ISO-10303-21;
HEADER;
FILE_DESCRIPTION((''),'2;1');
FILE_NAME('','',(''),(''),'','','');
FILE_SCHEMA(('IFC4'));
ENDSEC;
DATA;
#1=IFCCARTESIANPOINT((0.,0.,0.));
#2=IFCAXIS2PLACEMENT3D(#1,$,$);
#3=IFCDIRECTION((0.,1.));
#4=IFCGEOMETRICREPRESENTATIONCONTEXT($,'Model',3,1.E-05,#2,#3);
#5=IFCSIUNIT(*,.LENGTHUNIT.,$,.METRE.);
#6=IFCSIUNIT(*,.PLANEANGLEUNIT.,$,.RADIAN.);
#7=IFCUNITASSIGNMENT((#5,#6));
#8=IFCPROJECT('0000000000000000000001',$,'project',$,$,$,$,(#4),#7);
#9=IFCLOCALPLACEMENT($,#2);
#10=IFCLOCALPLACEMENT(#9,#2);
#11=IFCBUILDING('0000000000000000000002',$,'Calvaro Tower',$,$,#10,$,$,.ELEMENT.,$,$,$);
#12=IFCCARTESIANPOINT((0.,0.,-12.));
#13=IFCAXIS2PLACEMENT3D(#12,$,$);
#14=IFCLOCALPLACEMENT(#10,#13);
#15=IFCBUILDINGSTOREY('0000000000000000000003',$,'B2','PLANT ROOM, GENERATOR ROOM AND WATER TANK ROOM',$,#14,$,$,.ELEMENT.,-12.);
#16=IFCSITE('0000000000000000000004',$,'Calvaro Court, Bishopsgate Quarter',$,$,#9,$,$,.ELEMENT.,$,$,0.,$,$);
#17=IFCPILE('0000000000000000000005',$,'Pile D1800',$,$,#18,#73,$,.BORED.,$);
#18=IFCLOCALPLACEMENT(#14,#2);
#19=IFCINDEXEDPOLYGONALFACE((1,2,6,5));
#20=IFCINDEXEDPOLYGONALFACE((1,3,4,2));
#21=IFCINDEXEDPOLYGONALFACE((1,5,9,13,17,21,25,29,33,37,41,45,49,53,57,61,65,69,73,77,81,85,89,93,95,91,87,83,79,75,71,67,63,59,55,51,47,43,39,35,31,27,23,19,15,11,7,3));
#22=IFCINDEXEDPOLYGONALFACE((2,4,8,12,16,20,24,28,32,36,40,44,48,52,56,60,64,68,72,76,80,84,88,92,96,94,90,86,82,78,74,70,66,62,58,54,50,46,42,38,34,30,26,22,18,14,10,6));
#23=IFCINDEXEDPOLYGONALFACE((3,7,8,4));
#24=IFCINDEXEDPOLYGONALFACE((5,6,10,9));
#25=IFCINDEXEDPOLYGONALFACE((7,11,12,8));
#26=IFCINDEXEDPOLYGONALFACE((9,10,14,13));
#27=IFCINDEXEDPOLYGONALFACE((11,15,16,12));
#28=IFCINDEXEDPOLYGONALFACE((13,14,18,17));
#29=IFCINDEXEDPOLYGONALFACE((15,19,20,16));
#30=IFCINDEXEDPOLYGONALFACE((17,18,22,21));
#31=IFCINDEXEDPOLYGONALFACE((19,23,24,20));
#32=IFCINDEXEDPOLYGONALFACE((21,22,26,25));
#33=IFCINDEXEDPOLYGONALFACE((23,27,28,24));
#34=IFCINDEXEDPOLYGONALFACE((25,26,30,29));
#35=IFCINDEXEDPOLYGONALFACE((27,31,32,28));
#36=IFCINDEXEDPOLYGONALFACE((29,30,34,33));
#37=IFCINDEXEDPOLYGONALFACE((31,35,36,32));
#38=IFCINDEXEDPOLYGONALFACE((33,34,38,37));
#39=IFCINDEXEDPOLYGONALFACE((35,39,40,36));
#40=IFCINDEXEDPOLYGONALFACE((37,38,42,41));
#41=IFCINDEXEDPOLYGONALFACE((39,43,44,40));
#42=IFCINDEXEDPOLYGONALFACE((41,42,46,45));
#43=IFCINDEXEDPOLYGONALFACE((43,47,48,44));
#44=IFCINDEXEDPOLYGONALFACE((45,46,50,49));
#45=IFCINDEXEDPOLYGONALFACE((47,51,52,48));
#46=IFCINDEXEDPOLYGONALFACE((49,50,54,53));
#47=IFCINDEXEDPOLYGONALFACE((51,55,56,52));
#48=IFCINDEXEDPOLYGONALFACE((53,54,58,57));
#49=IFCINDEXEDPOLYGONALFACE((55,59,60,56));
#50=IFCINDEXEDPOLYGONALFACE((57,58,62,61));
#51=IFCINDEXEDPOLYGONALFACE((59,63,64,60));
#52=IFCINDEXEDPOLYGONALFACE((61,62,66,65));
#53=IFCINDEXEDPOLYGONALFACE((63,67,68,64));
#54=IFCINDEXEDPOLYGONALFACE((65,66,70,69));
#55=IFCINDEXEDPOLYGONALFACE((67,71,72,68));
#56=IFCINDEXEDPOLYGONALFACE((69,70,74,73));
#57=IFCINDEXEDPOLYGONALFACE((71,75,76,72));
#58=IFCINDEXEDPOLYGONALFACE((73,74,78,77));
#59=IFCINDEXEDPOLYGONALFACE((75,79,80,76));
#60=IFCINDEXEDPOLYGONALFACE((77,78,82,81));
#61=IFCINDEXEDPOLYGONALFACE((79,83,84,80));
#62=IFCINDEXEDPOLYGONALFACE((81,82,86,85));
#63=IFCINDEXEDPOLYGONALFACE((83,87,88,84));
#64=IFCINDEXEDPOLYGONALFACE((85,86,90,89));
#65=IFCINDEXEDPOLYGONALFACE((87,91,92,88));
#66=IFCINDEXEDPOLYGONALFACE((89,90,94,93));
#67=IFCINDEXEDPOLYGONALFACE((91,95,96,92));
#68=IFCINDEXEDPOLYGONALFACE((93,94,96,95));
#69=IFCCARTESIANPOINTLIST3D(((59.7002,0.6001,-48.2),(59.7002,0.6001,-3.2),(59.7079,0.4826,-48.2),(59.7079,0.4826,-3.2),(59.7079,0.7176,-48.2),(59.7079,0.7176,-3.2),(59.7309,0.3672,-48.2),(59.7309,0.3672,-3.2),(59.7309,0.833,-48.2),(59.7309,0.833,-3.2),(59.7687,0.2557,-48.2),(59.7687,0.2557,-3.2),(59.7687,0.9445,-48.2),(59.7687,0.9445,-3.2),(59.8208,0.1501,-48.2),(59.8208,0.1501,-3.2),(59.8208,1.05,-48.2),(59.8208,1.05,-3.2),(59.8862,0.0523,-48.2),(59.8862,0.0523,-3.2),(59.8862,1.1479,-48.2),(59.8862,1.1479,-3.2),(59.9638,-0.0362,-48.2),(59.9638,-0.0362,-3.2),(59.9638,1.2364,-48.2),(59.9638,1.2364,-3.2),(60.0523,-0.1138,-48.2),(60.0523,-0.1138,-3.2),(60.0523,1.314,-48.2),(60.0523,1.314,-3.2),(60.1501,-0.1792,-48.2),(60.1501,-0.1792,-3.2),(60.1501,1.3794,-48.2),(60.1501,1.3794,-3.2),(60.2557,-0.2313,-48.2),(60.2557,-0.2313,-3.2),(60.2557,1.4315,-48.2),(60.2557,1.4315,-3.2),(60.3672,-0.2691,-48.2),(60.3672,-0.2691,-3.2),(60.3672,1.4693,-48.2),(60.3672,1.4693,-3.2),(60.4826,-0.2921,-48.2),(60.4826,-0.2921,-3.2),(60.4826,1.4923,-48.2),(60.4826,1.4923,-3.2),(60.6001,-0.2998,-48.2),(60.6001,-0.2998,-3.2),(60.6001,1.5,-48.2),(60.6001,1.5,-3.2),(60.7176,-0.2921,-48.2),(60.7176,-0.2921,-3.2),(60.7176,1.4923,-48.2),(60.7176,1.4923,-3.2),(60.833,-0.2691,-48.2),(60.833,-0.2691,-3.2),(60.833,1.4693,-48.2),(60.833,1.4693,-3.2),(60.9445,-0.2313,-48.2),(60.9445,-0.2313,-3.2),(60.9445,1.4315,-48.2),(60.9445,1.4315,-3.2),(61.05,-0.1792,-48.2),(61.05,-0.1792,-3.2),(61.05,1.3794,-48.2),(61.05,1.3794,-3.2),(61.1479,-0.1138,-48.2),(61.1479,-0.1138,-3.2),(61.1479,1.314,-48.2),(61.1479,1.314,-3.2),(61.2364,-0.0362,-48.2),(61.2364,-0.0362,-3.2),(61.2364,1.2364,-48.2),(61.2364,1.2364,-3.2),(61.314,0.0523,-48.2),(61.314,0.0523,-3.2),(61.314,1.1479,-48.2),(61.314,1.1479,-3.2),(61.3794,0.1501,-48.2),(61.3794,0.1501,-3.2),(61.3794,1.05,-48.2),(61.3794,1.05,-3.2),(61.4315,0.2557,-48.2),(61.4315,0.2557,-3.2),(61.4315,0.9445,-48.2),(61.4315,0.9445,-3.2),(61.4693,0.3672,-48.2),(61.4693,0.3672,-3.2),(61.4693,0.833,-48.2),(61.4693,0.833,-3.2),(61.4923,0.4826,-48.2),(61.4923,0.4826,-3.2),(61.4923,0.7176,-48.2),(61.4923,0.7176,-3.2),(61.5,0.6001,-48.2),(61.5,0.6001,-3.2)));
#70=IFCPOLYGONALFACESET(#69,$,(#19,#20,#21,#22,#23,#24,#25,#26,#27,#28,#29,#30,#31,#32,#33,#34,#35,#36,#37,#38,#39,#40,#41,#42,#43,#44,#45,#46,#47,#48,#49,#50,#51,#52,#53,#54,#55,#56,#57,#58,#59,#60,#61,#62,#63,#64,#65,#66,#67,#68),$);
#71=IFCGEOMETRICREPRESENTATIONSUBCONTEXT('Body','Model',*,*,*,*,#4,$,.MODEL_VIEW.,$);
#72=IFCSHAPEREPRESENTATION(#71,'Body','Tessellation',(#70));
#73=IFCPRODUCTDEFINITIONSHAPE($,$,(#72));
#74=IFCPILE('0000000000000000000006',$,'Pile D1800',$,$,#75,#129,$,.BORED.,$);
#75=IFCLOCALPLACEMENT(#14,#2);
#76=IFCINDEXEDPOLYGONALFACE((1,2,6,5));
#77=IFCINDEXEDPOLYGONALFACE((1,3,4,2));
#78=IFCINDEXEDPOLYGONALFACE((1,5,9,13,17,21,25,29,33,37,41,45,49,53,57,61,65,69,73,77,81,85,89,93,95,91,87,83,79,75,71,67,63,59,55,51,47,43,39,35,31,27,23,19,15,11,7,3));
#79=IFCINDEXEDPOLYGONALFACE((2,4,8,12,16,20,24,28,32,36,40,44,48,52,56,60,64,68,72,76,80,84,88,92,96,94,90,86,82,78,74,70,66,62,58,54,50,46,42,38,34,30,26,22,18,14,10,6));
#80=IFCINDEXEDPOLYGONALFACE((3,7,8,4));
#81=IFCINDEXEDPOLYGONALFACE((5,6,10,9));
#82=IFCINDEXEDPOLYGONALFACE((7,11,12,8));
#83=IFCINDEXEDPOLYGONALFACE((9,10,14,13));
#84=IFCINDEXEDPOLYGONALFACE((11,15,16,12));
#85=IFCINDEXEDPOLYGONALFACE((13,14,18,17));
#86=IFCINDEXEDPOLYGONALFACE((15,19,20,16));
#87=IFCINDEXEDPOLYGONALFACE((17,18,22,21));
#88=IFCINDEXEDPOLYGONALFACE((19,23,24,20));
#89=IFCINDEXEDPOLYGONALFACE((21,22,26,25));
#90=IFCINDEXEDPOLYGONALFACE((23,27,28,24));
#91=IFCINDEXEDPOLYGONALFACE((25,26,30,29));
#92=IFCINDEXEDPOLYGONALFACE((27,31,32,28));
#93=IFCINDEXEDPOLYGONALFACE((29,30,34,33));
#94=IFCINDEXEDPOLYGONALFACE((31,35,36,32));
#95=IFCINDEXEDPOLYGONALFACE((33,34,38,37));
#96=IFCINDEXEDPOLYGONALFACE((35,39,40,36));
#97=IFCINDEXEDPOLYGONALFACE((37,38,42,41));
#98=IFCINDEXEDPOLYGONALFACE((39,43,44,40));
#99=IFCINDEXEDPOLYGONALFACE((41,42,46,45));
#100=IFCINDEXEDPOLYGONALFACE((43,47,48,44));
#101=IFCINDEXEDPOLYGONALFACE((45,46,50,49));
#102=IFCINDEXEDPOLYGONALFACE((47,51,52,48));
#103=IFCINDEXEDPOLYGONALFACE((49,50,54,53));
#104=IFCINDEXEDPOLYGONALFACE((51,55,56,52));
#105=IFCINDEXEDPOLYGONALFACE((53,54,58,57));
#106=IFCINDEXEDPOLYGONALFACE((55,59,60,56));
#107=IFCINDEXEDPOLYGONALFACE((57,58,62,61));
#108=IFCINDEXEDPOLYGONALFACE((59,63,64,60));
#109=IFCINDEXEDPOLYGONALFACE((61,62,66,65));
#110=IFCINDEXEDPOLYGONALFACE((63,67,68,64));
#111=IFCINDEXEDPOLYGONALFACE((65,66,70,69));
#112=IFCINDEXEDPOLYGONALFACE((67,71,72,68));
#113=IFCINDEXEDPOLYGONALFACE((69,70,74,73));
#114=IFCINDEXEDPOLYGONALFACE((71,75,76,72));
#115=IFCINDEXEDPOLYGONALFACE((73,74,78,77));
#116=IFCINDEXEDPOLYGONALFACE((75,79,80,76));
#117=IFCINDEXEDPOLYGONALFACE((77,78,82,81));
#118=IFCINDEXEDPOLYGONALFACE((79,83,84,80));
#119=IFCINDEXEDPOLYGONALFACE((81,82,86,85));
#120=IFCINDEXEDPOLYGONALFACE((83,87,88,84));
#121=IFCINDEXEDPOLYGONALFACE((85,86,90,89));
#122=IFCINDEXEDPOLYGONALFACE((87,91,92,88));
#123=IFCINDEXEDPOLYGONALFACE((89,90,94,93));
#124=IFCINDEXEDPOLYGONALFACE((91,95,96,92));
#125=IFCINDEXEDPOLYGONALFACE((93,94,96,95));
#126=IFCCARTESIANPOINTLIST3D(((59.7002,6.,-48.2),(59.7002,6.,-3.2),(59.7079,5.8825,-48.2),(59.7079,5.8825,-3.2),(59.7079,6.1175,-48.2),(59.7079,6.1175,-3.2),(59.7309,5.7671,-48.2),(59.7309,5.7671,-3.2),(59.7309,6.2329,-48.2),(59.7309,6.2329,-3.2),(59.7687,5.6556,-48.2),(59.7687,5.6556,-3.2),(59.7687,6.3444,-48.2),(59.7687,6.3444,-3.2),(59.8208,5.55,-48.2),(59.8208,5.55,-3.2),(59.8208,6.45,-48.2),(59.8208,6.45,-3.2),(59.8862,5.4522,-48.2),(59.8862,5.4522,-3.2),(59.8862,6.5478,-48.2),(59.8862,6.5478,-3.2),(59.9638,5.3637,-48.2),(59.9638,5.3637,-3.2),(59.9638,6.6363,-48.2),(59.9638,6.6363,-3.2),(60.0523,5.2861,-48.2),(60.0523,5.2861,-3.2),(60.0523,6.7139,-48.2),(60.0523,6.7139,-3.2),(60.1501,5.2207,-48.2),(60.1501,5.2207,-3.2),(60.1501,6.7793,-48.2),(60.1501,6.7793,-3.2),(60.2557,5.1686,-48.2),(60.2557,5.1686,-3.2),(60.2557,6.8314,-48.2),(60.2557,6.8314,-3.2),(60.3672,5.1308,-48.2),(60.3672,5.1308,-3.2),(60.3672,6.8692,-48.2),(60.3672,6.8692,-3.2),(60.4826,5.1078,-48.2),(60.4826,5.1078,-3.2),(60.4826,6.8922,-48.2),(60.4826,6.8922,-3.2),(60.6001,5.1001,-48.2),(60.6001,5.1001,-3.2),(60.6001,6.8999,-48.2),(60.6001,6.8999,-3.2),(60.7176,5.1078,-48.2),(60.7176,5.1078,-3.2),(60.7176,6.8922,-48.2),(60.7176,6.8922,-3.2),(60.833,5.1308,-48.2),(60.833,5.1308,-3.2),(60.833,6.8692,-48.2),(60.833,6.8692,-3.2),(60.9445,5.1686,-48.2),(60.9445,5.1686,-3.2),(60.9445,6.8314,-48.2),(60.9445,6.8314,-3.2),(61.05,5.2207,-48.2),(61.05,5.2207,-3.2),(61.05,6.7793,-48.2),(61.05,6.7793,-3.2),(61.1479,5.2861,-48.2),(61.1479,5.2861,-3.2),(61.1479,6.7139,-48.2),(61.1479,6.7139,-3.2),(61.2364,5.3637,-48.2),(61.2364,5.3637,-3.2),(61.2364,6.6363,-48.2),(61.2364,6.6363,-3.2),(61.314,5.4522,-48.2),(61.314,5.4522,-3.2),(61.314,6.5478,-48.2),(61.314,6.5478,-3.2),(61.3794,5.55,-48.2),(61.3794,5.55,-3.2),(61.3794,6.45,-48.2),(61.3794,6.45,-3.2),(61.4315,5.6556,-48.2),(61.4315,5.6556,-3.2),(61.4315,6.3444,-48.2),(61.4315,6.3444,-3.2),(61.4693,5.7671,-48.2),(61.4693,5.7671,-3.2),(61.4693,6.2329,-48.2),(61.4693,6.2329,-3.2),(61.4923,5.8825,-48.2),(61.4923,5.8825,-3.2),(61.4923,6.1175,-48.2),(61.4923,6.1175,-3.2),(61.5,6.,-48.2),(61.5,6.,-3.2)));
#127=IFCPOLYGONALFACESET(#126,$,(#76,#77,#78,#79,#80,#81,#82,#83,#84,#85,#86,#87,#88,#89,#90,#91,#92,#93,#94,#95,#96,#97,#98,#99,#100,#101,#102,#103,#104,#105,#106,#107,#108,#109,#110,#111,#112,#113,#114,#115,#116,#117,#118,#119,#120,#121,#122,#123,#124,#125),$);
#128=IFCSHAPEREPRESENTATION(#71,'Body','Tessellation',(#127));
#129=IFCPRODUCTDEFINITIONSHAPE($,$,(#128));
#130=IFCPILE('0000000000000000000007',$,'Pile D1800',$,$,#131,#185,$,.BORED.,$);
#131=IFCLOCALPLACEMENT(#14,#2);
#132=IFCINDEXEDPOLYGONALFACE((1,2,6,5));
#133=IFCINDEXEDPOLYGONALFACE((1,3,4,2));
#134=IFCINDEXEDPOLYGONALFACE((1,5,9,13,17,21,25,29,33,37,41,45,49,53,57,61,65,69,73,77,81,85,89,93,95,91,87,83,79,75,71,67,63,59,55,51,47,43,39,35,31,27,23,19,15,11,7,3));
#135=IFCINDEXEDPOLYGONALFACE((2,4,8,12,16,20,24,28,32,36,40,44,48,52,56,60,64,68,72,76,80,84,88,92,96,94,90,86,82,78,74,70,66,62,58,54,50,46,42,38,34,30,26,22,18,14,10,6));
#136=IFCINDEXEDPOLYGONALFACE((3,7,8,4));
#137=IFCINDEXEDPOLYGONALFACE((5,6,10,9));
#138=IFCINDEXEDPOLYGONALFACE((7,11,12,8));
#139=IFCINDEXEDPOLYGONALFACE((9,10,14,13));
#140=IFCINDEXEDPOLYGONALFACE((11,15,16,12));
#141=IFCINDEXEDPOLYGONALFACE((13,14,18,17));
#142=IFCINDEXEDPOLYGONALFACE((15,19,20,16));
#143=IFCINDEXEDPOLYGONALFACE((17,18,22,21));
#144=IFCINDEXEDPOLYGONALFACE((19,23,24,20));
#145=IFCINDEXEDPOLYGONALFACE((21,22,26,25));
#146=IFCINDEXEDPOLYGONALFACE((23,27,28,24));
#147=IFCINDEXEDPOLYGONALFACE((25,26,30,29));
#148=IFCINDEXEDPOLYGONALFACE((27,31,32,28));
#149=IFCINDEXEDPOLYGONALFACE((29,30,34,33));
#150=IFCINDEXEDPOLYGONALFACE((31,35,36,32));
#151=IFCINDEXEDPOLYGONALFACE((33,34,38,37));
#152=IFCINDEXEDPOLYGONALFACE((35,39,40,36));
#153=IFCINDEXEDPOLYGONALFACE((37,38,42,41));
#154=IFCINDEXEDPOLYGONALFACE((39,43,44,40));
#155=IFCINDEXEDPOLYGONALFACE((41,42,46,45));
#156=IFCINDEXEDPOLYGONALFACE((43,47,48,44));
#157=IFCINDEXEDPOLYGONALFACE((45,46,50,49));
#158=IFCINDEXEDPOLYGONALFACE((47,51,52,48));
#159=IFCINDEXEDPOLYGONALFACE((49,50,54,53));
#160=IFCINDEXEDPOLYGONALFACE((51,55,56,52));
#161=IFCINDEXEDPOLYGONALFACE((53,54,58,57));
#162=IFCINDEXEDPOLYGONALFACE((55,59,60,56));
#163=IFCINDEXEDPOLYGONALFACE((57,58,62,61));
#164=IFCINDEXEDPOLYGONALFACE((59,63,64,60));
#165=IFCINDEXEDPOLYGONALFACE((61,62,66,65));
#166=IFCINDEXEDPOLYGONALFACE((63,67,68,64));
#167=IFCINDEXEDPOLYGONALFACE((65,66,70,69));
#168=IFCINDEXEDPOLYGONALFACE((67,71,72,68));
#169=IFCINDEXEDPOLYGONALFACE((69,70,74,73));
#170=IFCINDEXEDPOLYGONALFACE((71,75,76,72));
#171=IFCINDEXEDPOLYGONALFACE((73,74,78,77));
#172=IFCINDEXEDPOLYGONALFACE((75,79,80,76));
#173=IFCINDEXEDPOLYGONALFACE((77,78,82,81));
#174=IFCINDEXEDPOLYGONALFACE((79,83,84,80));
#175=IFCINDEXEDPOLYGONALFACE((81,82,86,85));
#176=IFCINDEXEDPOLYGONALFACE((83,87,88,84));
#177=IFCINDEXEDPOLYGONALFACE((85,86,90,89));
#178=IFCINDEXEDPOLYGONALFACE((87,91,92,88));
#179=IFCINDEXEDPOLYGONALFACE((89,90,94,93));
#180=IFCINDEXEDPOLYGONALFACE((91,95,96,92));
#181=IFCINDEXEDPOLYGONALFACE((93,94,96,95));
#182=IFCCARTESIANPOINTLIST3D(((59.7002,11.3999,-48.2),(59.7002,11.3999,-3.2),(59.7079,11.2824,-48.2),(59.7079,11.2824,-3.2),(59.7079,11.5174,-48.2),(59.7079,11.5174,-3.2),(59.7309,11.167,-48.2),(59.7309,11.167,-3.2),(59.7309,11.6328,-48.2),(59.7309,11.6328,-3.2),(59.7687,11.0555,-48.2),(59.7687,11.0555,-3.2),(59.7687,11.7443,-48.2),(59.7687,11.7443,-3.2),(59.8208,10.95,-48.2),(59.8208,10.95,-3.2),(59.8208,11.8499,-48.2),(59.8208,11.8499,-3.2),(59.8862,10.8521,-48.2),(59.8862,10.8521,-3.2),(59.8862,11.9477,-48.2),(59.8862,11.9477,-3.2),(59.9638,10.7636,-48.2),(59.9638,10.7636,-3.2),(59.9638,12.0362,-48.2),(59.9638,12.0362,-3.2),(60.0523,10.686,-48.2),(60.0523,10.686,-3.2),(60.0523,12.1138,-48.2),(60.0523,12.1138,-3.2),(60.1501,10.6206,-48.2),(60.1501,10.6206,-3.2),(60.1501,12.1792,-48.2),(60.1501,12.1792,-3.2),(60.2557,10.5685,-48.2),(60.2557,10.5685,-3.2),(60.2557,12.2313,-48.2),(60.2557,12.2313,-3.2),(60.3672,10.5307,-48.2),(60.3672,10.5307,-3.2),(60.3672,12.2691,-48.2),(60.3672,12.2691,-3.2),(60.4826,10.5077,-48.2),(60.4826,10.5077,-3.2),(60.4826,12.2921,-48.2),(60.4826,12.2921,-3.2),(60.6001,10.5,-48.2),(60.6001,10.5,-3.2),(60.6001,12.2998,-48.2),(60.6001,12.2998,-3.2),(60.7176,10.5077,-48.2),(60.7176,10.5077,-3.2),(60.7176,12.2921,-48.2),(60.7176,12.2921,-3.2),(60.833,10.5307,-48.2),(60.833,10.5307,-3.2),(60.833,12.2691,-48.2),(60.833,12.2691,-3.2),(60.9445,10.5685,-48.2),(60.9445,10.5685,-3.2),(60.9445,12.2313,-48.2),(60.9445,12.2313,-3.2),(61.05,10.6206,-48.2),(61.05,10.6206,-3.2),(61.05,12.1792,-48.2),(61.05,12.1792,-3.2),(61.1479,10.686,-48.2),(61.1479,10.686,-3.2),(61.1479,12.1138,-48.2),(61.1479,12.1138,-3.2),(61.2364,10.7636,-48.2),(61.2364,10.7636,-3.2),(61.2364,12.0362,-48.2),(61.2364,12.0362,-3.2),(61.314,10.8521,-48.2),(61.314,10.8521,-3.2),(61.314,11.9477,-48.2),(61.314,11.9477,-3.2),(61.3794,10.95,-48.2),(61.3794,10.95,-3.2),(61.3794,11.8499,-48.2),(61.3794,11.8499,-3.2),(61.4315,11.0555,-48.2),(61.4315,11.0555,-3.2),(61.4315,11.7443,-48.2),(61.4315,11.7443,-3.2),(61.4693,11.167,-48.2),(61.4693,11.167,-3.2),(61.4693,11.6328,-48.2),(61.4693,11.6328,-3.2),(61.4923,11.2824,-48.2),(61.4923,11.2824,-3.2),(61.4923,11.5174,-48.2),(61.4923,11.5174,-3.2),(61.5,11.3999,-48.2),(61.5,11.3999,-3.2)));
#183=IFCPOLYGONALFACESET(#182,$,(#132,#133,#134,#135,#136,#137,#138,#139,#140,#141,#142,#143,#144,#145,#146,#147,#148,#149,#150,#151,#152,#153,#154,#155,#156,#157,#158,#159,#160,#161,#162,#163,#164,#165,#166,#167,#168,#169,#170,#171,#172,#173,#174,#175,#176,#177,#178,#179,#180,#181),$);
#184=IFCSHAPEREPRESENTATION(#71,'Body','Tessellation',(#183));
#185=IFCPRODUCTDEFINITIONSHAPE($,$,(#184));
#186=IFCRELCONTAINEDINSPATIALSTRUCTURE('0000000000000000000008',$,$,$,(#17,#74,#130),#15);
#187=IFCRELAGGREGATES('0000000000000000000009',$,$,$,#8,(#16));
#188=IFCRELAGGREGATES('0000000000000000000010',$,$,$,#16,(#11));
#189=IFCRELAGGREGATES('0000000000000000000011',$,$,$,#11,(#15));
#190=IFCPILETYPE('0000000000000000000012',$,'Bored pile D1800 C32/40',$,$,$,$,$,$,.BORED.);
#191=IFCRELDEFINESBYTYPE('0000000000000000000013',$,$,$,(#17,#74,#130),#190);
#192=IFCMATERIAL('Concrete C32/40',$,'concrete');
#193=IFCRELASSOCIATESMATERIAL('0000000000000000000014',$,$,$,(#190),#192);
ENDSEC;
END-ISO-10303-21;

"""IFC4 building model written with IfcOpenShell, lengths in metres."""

from ifc_helpers import new_model, si_unit, direction, frame, origin, origin_2d, place, context, subcontext, project, spatial, circle, extrude, material, material_profile, profile_set, type_object, element, save


model = new_model("IFC4")

# Units and contexts
model_context = context("Model", 3, precision=1e-05, world=origin(), true_north=direction((0.0, 1.0)))
body_context = subcontext(model_context, "Body", "Model", "MODEL_VIEW")
ifc_project = project(units=[si_unit("LENGTHUNIT", "METRE"), si_unit("PLANEANGLEUNIT", "RADIAN")], contexts=[model_context])

# Site, building, storey
site_placement = place(None, origin())
site = spatial("IfcSite", under=ifc_project, at=site_placement, Name="Calvaro Court, Bishopsgate Quarter", CompositionType="ELEMENT", RefElevation=0.0)
building_placement = place(site_placement, origin())
building = spatial("IfcBuilding", under=site, at=building_placement, Name="Calvaro Tower", CompositionType="ELEMENT")
storey_placement = place(building_placement, frame((0.0, 0.0, -12.0)))
storey = spatial("IfcBuildingStorey", under=building, at=storey_placement, Name="B2", Description="PLANT ROOM, GENERATOR ROOM AND WATER TANK ROOM", CompositionType="ELEMENT", Elevation=-12.0)

# Piles
ifc_material_1 = material(Name="Concrete C32/40", Category="concrete")
ifc_material_profile_1 = material_profile(ifc_material_1, circle(Radius=0.8999, at=origin_2d()), Name="Bored pile D1800")
ifc_profile_set_1 = profile_set([ifc_material_profile_1], Name="Concrete C32/40")
pile_type = type_object("IfcPileType", Name="Bored pile D1800 C32/40", PredefinedType="BORED", material=ifc_profile_set_1)
for number, where, z_axis, x_axis, name in (
    (1, (60.6001, 0.6001, -3.2), (0.0, 0.0, -1.0), (1.0, 0.0, 0.0), "Pile D1800"),
    (2, (60.6001, 6.0, -3.2), (0.0, 0.0, -1.0), (1.0, 0.0, 0.0), "Pile D1800"),
    (3, (60.6001, 11.3999, -3.2), (0.0, 0.0, -1.0), (1.0, 0.0, 0.0), "Pile D1800"),
):
    element("IfcPile", number, at=place(storey_placement, frame(where, z_axis=z_axis, x_axis=x_axis)), inside=storey, type_object=pile_type, Name=name, PredefinedType="BORED", context=body_context, shape_type="SweptSolid", body=[
        extrude(circle(Radius=0.8999, at=origin_2d()), origin(), (0.0, 0.0, 1.0), 45.0),
    ])

save(model, "model.ifc")
